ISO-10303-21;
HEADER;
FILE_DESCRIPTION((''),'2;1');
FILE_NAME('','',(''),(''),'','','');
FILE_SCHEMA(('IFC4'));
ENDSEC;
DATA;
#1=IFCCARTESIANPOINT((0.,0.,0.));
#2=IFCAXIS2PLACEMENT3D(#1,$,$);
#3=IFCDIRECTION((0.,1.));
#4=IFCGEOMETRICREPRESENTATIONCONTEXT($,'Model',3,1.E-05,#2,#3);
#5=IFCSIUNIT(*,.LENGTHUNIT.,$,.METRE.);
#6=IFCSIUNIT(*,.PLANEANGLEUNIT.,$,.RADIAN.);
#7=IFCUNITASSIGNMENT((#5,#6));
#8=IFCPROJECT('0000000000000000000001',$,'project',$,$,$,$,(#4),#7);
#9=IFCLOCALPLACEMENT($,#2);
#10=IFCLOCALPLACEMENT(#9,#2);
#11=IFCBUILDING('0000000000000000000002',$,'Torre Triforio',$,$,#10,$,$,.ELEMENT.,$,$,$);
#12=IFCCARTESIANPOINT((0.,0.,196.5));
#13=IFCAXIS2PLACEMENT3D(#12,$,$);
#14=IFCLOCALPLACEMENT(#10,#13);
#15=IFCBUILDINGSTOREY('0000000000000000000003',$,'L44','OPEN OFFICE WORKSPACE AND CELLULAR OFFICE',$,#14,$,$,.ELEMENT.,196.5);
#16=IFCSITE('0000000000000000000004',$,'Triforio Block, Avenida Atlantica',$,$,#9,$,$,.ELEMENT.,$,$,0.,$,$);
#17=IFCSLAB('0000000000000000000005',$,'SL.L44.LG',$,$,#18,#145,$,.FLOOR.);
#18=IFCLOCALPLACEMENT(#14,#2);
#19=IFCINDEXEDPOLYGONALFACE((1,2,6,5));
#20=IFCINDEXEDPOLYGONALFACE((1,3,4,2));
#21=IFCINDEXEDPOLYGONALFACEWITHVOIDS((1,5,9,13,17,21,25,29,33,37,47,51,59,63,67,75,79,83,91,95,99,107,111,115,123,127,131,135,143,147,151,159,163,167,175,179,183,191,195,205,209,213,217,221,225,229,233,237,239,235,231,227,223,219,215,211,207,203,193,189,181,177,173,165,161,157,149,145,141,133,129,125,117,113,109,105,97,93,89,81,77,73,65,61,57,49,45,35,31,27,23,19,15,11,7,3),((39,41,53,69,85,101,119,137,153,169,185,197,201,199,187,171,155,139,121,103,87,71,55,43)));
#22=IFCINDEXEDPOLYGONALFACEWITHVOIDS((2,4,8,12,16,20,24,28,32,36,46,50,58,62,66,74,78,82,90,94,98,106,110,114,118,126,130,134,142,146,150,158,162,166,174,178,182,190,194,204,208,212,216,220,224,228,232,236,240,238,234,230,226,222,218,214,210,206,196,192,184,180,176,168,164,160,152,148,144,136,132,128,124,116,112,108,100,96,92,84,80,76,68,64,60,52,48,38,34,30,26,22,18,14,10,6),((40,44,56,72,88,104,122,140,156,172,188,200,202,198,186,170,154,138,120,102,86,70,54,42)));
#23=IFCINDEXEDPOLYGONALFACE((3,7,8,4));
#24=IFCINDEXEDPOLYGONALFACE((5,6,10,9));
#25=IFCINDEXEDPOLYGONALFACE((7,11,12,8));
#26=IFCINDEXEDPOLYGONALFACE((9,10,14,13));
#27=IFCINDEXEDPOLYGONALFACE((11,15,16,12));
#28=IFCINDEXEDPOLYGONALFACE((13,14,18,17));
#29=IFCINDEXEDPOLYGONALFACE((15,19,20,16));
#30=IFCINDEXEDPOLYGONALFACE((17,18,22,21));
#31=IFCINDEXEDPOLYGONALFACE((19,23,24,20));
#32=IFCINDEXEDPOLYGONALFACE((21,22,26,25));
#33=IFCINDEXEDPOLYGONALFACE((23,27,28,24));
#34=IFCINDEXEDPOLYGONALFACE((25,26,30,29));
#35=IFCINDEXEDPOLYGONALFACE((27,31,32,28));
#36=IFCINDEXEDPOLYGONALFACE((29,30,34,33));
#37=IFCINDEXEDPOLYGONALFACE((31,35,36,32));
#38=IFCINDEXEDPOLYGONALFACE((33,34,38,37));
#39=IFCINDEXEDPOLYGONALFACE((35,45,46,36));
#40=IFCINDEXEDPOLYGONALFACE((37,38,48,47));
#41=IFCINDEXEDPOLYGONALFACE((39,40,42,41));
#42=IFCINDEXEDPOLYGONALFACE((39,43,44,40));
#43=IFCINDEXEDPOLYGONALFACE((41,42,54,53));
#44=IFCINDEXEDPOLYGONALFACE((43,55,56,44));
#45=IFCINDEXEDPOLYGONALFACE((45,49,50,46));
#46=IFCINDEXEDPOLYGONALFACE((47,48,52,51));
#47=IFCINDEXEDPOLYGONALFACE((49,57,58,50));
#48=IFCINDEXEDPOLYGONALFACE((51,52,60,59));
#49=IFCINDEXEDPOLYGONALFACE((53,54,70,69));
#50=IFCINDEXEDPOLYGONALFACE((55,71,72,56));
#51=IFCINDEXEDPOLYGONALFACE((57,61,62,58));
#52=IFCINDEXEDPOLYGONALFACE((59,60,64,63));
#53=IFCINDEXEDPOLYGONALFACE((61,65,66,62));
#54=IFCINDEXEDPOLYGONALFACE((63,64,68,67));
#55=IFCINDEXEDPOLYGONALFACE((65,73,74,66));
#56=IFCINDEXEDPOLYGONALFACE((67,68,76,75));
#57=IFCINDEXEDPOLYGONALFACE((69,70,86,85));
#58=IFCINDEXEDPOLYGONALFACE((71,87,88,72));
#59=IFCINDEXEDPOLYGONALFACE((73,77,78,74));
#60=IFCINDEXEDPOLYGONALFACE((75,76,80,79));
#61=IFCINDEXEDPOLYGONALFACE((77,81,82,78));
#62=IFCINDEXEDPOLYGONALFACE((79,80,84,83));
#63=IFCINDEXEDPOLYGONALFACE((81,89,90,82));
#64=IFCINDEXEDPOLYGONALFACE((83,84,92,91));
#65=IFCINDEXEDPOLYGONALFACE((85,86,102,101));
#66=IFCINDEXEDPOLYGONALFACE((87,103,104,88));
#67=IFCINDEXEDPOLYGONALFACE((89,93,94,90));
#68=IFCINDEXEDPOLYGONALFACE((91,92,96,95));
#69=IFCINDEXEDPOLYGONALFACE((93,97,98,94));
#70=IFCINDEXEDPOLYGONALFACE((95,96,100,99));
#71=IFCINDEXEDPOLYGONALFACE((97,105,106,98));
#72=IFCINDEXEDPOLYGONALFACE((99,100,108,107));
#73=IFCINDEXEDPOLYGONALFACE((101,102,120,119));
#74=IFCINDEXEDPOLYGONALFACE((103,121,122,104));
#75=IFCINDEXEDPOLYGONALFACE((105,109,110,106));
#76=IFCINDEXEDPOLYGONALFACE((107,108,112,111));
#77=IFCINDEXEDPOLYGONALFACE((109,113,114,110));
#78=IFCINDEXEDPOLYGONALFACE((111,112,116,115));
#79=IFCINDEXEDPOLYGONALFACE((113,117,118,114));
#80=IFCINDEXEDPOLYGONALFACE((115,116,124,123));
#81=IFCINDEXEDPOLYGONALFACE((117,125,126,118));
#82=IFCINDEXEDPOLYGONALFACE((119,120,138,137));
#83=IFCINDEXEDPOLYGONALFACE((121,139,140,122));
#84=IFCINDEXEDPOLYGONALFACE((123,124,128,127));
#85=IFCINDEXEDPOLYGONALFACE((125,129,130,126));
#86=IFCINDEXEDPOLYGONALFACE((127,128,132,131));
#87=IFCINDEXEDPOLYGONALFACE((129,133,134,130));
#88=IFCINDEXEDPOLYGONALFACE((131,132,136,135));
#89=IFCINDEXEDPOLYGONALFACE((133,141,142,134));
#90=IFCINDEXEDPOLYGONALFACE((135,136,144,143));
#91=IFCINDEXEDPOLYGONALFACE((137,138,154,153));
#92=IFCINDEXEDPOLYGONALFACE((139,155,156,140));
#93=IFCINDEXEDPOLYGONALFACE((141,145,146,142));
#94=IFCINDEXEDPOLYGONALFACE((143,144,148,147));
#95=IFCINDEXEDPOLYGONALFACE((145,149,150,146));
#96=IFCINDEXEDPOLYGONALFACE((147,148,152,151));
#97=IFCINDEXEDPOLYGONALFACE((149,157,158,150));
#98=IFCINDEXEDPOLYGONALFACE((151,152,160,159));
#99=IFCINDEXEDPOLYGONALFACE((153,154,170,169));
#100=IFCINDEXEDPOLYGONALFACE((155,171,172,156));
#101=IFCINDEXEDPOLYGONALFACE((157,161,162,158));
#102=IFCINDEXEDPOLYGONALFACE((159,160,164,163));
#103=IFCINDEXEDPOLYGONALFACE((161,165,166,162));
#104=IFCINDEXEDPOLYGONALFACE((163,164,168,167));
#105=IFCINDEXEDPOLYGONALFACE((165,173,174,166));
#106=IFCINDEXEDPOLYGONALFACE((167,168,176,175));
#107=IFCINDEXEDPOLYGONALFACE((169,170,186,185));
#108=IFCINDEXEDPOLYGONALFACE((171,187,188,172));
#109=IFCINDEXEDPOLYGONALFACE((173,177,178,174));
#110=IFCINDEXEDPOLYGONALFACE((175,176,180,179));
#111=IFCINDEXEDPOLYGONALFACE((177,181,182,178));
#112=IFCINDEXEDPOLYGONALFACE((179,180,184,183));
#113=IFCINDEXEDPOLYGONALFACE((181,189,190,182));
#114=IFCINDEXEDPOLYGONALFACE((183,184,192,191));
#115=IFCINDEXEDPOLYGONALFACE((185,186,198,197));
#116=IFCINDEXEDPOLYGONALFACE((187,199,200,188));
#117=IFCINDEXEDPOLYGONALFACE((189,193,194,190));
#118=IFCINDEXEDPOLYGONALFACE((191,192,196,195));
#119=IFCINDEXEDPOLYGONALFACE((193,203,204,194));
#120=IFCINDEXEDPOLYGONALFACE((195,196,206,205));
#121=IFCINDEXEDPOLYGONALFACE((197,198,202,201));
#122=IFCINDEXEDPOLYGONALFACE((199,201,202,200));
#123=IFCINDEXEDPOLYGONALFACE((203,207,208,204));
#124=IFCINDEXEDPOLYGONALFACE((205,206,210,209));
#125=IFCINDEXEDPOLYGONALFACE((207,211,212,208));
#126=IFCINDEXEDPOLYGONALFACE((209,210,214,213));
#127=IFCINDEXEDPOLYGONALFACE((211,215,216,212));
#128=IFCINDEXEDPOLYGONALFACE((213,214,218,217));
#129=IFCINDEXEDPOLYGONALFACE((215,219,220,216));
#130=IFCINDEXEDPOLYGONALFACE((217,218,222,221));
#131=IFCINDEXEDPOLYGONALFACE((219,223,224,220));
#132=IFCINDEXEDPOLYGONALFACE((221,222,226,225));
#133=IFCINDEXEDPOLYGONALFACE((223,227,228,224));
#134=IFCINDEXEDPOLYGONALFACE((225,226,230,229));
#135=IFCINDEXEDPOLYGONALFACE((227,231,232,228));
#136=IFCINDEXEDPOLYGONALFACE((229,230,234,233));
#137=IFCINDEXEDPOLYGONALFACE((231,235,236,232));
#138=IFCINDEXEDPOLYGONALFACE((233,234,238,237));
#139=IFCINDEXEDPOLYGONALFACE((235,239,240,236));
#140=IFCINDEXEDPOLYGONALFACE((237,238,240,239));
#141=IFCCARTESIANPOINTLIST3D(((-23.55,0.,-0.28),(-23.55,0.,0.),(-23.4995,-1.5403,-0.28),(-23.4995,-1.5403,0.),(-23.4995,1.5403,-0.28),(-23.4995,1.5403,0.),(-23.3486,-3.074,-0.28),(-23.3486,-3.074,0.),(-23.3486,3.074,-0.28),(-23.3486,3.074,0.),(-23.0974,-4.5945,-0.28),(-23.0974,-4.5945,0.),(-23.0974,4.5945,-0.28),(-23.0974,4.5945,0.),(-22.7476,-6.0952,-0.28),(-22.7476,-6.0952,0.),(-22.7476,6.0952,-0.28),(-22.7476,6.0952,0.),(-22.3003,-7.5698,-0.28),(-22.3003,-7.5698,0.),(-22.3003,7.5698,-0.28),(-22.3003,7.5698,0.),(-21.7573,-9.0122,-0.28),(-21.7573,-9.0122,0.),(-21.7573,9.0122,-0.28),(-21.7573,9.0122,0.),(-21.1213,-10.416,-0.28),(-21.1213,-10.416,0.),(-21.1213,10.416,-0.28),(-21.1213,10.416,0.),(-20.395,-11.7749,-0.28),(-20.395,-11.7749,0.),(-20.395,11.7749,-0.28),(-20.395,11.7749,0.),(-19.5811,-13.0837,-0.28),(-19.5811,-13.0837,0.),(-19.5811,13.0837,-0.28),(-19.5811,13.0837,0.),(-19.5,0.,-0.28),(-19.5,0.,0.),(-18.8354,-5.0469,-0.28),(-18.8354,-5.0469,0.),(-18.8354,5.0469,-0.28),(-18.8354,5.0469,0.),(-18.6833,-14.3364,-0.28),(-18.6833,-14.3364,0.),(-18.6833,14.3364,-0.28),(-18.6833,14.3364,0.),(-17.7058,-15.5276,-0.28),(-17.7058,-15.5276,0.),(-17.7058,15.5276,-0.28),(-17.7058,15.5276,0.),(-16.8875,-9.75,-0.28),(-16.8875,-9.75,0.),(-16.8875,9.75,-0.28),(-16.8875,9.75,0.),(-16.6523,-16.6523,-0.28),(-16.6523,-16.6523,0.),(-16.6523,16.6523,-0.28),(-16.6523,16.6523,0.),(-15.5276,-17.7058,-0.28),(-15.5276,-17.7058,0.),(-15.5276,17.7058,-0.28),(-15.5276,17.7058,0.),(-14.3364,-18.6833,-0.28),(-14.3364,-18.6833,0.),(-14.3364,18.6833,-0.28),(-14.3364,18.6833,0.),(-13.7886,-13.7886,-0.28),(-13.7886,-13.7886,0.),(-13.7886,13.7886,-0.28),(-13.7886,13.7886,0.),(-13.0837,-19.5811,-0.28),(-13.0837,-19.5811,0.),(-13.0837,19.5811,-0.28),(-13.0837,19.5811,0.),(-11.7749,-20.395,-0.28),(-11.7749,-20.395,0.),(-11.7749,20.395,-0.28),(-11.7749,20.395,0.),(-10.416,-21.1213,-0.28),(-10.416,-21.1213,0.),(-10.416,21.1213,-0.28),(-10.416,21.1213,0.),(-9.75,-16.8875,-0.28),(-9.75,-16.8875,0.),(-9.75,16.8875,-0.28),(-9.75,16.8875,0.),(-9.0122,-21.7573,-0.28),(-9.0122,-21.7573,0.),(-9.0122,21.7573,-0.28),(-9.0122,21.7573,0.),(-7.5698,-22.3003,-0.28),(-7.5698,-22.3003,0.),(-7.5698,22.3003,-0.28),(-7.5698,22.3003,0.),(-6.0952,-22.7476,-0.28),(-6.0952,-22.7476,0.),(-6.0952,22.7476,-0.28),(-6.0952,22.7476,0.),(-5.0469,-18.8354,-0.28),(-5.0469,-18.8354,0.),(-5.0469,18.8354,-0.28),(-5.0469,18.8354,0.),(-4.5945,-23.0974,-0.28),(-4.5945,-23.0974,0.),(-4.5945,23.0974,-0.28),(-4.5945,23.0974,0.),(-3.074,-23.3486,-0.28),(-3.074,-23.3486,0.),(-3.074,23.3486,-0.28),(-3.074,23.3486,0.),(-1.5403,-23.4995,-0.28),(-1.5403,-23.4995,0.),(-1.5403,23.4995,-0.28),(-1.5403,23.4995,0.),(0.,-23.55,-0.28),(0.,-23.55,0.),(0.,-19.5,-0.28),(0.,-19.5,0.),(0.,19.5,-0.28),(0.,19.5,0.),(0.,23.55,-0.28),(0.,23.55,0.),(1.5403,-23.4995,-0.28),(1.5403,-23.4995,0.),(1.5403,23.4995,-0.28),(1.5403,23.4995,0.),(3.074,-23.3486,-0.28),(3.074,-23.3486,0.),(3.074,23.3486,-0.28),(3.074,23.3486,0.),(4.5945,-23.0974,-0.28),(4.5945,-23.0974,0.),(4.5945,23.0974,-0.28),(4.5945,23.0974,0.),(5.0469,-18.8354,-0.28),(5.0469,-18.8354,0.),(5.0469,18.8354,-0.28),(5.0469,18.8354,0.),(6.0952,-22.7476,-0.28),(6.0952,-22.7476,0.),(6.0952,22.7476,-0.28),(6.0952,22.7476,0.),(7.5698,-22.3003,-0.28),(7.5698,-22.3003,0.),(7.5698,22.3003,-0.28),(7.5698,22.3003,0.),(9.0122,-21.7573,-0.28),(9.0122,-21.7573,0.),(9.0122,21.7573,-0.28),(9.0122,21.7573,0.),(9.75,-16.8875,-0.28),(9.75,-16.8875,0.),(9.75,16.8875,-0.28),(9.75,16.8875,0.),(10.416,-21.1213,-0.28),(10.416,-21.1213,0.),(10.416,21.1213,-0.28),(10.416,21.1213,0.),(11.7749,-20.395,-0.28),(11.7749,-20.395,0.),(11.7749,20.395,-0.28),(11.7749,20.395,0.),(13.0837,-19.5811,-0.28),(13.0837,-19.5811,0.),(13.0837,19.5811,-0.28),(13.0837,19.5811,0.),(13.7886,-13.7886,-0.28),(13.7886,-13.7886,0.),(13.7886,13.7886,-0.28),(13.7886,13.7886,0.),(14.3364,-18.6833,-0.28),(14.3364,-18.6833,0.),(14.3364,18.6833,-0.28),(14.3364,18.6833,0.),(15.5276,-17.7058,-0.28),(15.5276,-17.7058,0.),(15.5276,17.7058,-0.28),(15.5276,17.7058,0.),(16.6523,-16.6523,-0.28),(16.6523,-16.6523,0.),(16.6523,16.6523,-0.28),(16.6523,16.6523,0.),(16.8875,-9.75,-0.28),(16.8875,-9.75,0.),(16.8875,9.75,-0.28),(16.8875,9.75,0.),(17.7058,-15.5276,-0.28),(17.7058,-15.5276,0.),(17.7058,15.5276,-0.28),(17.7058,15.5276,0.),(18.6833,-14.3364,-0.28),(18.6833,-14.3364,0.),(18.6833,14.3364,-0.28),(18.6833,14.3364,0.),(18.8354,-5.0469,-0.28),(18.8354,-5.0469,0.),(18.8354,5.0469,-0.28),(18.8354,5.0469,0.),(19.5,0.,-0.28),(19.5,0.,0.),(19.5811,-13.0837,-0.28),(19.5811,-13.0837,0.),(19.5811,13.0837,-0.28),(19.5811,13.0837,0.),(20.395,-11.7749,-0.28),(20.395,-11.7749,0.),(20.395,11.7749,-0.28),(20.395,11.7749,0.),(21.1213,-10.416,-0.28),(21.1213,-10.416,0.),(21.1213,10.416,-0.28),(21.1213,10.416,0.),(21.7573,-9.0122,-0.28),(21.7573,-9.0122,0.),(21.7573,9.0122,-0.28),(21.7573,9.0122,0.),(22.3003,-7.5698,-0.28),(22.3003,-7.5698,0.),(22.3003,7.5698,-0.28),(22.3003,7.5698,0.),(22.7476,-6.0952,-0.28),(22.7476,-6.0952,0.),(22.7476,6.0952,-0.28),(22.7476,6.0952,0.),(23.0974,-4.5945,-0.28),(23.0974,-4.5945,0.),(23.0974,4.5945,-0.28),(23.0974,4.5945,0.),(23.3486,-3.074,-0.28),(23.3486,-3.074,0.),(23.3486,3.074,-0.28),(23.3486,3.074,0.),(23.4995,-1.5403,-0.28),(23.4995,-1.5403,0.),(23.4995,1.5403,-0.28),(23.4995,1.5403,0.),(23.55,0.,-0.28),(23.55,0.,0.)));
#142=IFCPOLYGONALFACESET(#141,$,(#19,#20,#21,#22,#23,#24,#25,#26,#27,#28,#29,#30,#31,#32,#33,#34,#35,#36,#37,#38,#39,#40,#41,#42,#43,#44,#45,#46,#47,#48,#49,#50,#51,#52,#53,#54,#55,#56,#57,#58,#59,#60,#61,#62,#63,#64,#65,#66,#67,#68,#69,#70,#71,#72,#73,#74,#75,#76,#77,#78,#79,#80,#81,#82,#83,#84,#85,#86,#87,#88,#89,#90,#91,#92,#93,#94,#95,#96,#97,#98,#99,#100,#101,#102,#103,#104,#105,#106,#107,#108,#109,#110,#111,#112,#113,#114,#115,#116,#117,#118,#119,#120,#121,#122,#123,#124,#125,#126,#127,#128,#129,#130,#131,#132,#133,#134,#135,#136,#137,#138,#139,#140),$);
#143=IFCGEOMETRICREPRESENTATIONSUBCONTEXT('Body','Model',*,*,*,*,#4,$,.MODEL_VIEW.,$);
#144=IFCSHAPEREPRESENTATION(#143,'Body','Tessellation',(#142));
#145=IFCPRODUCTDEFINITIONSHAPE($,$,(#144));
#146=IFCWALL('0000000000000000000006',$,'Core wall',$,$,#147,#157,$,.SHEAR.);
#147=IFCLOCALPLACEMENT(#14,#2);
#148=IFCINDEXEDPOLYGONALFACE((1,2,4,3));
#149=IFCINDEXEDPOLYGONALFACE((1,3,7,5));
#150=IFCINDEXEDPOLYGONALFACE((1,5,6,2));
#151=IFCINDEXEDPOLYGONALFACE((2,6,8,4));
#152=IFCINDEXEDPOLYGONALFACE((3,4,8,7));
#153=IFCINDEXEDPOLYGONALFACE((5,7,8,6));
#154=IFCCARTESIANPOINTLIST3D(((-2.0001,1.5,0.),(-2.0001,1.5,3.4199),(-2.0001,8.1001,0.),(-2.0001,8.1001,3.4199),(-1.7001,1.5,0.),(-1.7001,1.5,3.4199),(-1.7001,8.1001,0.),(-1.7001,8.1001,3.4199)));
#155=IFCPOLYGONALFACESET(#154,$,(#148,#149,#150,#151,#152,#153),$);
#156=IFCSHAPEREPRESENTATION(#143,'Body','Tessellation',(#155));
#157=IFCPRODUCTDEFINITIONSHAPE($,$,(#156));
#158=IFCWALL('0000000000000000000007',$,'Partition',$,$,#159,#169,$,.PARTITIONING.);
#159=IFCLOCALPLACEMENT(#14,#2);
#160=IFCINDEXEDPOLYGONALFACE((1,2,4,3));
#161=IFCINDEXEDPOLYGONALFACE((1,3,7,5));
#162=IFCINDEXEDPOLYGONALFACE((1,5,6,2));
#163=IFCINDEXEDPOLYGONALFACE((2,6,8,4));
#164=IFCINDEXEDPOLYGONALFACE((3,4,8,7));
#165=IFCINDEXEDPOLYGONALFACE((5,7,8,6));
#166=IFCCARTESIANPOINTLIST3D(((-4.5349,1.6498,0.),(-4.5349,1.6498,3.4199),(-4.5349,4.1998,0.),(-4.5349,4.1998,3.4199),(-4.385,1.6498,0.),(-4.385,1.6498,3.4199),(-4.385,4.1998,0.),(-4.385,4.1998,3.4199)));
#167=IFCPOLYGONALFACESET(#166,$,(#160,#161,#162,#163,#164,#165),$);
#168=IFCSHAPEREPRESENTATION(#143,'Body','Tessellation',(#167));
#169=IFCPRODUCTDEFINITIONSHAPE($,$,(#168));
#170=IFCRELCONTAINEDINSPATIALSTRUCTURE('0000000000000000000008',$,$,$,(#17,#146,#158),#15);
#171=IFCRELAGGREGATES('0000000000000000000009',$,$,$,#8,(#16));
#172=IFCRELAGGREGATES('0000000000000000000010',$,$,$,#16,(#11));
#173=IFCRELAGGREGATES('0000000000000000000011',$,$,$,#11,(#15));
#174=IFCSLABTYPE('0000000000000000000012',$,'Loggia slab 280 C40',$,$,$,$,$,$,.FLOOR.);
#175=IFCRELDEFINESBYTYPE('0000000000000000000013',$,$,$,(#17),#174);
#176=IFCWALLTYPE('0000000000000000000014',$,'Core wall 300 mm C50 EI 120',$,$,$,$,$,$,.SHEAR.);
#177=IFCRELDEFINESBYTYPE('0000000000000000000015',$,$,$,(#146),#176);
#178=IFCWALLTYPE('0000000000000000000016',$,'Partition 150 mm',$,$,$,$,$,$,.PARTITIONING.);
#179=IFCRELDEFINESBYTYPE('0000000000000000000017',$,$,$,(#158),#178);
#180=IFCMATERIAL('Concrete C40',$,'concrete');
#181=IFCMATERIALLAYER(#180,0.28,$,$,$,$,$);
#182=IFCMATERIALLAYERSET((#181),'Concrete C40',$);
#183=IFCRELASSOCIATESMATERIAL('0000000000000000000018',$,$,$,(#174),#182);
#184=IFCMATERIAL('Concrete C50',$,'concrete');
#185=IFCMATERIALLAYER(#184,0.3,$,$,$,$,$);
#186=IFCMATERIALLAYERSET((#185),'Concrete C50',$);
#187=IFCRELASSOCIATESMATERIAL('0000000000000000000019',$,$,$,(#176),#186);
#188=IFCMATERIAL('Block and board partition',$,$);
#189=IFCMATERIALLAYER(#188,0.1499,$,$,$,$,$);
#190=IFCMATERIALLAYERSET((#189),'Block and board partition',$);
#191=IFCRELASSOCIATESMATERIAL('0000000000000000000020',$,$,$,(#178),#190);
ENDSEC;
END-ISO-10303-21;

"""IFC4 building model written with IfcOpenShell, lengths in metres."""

from ifc_helpers import new_model, si_unit, direction, frame, frame_2d, origin, place, context, subcontext, project, spatial, polyline, rectangle, outline, extrude, material, layer, layer_set, type_object, element, save


model = new_model("IFC4")

# Units and contexts
model_context = context("Model", 3, precision=1e-05, world=origin(), true_north=direction((0.0, 1.0)))
body_context = subcontext(model_context, "Body", "Model", "MODEL_VIEW")
ifc_project = project(units=[si_unit("LENGTHUNIT", "METRE"), si_unit("PLANEANGLEUNIT", "RADIAN")], contexts=[model_context])

# Site, building, storey
site_placement = place(None, origin())
site = spatial("IfcSite", under=ifc_project, at=site_placement, Name="Triforio Block, Avenida Atlantica", CompositionType="ELEMENT", RefElevation=0.0)
building_placement = place(site_placement, origin())
building = spatial("IfcBuilding", under=site, at=building_placement, Name="Torre Triforio", CompositionType="ELEMENT")
storey_placement = place(building_placement, frame((0.0, 0.0, 196.5)))
storey = spatial("IfcBuildingStorey", under=building, at=storey_placement, Name="L44", Description="OPEN OFFICE WORKSPACE AND CELLULAR OFFICE", CompositionType="ELEMENT", Elevation=196.5)

# Slab
ifc_material_1 = material(Name="Concrete C40", Category="concrete")
ifc_layer_1 = layer(ifc_material_1, 0.28)
ifc_layer_set_1 = layer_set([ifc_layer_1], Name="Concrete C40")
slab_type_1 = type_object("IfcSlabType", Name="Loggia slab 280 C40", PredefinedType="FLOOR", material=ifc_layer_set_1)
slab_1_placement = place(storey_placement, frame((0.0, 0.0, -0.28)))
element("IfcSlab", 1, at=slab_1_placement, inside=storey, type_object=slab_type_1, Name="SL.L44.LG", PredefinedType="FLOOR", context=body_context, shape_type="SweptSolid", body=[
    extrude(outline(polyline([(23.4995, -1.5403), (23.55, 0.0), (23.4995, 1.5403), (23.3486, 3.074), (23.0974, 4.5945), (22.7476, 6.0952), (22.3003, 7.5698), (21.7573, 9.0122), (21.1213, 10.416), (20.395, 11.7749), (19.5811, 13.0837), (18.6833, 14.3364), (17.7058, 15.5276), (16.6523, 16.6523), (15.5276, 17.7058), (14.3364, 18.6833), (13.0837, 19.5811), (11.7749, 20.395), (10.416, 21.1213), (9.0122, 21.7573), (7.5698, 22.3003), (6.0952, 22.7476), (4.5945, 23.0974), (3.074, 23.3486), (1.5403, 23.4995), (0.0, 23.55), (-1.5403, 23.4995), (-3.074, 23.3486), (-4.5945, 23.0974), (-6.0952, 22.7476), (-7.5698, 22.3003), (-9.0122, 21.7573), (-10.416, 21.1213), (-11.7749, 20.395), (-13.0837, 19.5811), (-14.3364, 18.6833), (-15.5276, 17.7058), (-16.6523, 16.6523), (-17.7058, 15.5276), (-18.6833, 14.3364), (-19.5811, 13.0837), (-20.395, 11.7749), (-21.1213, 10.416), (-21.7573, 9.0122), (-22.3003, 7.5698), (-22.7476, 6.0952), (-23.0974, 4.5945), (-23.3486, 3.074), (-23.4995, 1.5403), (-23.55, 0.0), (-23.4995, -1.5403), (-23.3486, -3.074), (-23.0974, -4.5945), (-22.7476, -6.0952), (-22.3003, -7.5698), (-21.7573, -9.0122), (-21.1213, -10.416), (-20.395, -11.7749), (-19.5811, -13.0837), (-18.6833, -14.3364), (-17.7058, -15.5276), (-16.6523, -16.6523), (-15.5276, -17.7058), (-14.3364, -18.6833), (-13.0837, -19.5811), (-11.7749, -20.395), (-10.416, -21.1213), (-9.0122, -21.7573), (-7.5698, -22.3003), (-6.0952, -22.7476), (-4.5945, -23.0974), (-3.074, -23.3486), (-1.5403, -23.4995), (0.0, -23.55), (1.5403, -23.4995), (3.074, -23.3486), (4.5945, -23.0974), (6.0952, -22.7476), (7.5698, -22.3003), (9.0122, -21.7573), (10.416, -21.1213), (11.7749, -20.395), (13.0837, -19.5811), (14.3364, -18.6833), (15.5276, -17.7058), (16.6523, -16.6523), (17.7058, -15.5276), (18.6833, -14.3364), (19.5811, -13.0837), (20.395, -11.7749), (21.1213, -10.416), (21.7573, -9.0122), (22.3003, -7.5698), (22.7476, -6.0952), (23.0974, -4.5945), (23.3486, -3.074), (23.4995, -1.5403)]), holes=[polyline([(18.8354, 5.0469), (19.5, 0.0), (18.8354, -5.0469), (16.8875, -9.75), (13.7886, -13.7886), (9.75, -16.8875), (5.0469, -18.8354), (0.0, -19.5), (-5.0469, -18.8354), (-9.75, -16.8875), (-13.7886, -13.7886), (-16.8875, -9.75), (-18.8354, -5.0469), (-19.5, 0.0), (-18.8354, 5.0469), (-16.8875, 9.75), (-13.7886, 13.7886), (-9.75, 16.8875), (-5.0469, 18.8354), (0.0, 19.5), (5.0469, 18.8354), (9.75, 16.8875), (13.7886, 13.7886), (16.8875, 9.75), (18.8354, 5.0469)])]), origin(), (0.0, 0.0, 1.0), 0.28),
])

# Walls
ifc_material_2 = material(Name="Concrete C50", Category="concrete")
ifc_layer_2 = layer(ifc_material_2, 0.3)
ifc_layer_set_2 = layer_set([ifc_layer_2], Name="Concrete C50")
wall_type_1 = type_object("IfcWallType", Name="Core wall 300 mm C50 EI 120", PredefinedType="SHEAR", material=ifc_layer_set_2)
wall_1_placement = place(storey_placement, frame((-1.8501, 1.5, 0.0), z_axis=(0.0, 0.0, 1.0), x_axis=(0.0, 1.0, 0.0)))
element("IfcWall", 2, at=wall_1_placement, inside=storey, type_object=wall_type_1, Name="Core wall", PredefinedType="SHEAR", context=body_context, shape_type="SweptSolid", body=[
    extrude(rectangle(XDim=6.6001, YDim=0.3, at=frame_2d((3.3, 0.0))), origin(), (0.0, 0.0, 1.0), 3.4199),
])
ifc_material_3 = material(Name="Block and board partition")
ifc_layer_3 = layer(ifc_material_3, 0.1499)
ifc_layer_set_3 = layer_set([ifc_layer_3], Name="Block and board partition")
wall_type_2 = type_object("IfcWallType", Name="Partition 150 mm", PredefinedType="PARTITIONING", material=ifc_layer_set_3)
wall_2_placement = place(storey_placement, frame((-4.46, 1.6499, 0.0), z_axis=(0.0, 0.0, 1.0), x_axis=(0.0, 1.0, 0.0)))
element("IfcWall", 3, at=wall_2_placement, inside=storey, type_object=wall_type_2, Name="Partition", PredefinedType="PARTITIONING", context=body_context, shape_type="SweptSolid", body=[
    extrude(rectangle(XDim=2.55, YDim=0.1499, at=frame_2d((1.2749, 0.0))), origin(), (0.0, 0.0, 1.0), 3.4199),
])

save(model, "model.ifc")
